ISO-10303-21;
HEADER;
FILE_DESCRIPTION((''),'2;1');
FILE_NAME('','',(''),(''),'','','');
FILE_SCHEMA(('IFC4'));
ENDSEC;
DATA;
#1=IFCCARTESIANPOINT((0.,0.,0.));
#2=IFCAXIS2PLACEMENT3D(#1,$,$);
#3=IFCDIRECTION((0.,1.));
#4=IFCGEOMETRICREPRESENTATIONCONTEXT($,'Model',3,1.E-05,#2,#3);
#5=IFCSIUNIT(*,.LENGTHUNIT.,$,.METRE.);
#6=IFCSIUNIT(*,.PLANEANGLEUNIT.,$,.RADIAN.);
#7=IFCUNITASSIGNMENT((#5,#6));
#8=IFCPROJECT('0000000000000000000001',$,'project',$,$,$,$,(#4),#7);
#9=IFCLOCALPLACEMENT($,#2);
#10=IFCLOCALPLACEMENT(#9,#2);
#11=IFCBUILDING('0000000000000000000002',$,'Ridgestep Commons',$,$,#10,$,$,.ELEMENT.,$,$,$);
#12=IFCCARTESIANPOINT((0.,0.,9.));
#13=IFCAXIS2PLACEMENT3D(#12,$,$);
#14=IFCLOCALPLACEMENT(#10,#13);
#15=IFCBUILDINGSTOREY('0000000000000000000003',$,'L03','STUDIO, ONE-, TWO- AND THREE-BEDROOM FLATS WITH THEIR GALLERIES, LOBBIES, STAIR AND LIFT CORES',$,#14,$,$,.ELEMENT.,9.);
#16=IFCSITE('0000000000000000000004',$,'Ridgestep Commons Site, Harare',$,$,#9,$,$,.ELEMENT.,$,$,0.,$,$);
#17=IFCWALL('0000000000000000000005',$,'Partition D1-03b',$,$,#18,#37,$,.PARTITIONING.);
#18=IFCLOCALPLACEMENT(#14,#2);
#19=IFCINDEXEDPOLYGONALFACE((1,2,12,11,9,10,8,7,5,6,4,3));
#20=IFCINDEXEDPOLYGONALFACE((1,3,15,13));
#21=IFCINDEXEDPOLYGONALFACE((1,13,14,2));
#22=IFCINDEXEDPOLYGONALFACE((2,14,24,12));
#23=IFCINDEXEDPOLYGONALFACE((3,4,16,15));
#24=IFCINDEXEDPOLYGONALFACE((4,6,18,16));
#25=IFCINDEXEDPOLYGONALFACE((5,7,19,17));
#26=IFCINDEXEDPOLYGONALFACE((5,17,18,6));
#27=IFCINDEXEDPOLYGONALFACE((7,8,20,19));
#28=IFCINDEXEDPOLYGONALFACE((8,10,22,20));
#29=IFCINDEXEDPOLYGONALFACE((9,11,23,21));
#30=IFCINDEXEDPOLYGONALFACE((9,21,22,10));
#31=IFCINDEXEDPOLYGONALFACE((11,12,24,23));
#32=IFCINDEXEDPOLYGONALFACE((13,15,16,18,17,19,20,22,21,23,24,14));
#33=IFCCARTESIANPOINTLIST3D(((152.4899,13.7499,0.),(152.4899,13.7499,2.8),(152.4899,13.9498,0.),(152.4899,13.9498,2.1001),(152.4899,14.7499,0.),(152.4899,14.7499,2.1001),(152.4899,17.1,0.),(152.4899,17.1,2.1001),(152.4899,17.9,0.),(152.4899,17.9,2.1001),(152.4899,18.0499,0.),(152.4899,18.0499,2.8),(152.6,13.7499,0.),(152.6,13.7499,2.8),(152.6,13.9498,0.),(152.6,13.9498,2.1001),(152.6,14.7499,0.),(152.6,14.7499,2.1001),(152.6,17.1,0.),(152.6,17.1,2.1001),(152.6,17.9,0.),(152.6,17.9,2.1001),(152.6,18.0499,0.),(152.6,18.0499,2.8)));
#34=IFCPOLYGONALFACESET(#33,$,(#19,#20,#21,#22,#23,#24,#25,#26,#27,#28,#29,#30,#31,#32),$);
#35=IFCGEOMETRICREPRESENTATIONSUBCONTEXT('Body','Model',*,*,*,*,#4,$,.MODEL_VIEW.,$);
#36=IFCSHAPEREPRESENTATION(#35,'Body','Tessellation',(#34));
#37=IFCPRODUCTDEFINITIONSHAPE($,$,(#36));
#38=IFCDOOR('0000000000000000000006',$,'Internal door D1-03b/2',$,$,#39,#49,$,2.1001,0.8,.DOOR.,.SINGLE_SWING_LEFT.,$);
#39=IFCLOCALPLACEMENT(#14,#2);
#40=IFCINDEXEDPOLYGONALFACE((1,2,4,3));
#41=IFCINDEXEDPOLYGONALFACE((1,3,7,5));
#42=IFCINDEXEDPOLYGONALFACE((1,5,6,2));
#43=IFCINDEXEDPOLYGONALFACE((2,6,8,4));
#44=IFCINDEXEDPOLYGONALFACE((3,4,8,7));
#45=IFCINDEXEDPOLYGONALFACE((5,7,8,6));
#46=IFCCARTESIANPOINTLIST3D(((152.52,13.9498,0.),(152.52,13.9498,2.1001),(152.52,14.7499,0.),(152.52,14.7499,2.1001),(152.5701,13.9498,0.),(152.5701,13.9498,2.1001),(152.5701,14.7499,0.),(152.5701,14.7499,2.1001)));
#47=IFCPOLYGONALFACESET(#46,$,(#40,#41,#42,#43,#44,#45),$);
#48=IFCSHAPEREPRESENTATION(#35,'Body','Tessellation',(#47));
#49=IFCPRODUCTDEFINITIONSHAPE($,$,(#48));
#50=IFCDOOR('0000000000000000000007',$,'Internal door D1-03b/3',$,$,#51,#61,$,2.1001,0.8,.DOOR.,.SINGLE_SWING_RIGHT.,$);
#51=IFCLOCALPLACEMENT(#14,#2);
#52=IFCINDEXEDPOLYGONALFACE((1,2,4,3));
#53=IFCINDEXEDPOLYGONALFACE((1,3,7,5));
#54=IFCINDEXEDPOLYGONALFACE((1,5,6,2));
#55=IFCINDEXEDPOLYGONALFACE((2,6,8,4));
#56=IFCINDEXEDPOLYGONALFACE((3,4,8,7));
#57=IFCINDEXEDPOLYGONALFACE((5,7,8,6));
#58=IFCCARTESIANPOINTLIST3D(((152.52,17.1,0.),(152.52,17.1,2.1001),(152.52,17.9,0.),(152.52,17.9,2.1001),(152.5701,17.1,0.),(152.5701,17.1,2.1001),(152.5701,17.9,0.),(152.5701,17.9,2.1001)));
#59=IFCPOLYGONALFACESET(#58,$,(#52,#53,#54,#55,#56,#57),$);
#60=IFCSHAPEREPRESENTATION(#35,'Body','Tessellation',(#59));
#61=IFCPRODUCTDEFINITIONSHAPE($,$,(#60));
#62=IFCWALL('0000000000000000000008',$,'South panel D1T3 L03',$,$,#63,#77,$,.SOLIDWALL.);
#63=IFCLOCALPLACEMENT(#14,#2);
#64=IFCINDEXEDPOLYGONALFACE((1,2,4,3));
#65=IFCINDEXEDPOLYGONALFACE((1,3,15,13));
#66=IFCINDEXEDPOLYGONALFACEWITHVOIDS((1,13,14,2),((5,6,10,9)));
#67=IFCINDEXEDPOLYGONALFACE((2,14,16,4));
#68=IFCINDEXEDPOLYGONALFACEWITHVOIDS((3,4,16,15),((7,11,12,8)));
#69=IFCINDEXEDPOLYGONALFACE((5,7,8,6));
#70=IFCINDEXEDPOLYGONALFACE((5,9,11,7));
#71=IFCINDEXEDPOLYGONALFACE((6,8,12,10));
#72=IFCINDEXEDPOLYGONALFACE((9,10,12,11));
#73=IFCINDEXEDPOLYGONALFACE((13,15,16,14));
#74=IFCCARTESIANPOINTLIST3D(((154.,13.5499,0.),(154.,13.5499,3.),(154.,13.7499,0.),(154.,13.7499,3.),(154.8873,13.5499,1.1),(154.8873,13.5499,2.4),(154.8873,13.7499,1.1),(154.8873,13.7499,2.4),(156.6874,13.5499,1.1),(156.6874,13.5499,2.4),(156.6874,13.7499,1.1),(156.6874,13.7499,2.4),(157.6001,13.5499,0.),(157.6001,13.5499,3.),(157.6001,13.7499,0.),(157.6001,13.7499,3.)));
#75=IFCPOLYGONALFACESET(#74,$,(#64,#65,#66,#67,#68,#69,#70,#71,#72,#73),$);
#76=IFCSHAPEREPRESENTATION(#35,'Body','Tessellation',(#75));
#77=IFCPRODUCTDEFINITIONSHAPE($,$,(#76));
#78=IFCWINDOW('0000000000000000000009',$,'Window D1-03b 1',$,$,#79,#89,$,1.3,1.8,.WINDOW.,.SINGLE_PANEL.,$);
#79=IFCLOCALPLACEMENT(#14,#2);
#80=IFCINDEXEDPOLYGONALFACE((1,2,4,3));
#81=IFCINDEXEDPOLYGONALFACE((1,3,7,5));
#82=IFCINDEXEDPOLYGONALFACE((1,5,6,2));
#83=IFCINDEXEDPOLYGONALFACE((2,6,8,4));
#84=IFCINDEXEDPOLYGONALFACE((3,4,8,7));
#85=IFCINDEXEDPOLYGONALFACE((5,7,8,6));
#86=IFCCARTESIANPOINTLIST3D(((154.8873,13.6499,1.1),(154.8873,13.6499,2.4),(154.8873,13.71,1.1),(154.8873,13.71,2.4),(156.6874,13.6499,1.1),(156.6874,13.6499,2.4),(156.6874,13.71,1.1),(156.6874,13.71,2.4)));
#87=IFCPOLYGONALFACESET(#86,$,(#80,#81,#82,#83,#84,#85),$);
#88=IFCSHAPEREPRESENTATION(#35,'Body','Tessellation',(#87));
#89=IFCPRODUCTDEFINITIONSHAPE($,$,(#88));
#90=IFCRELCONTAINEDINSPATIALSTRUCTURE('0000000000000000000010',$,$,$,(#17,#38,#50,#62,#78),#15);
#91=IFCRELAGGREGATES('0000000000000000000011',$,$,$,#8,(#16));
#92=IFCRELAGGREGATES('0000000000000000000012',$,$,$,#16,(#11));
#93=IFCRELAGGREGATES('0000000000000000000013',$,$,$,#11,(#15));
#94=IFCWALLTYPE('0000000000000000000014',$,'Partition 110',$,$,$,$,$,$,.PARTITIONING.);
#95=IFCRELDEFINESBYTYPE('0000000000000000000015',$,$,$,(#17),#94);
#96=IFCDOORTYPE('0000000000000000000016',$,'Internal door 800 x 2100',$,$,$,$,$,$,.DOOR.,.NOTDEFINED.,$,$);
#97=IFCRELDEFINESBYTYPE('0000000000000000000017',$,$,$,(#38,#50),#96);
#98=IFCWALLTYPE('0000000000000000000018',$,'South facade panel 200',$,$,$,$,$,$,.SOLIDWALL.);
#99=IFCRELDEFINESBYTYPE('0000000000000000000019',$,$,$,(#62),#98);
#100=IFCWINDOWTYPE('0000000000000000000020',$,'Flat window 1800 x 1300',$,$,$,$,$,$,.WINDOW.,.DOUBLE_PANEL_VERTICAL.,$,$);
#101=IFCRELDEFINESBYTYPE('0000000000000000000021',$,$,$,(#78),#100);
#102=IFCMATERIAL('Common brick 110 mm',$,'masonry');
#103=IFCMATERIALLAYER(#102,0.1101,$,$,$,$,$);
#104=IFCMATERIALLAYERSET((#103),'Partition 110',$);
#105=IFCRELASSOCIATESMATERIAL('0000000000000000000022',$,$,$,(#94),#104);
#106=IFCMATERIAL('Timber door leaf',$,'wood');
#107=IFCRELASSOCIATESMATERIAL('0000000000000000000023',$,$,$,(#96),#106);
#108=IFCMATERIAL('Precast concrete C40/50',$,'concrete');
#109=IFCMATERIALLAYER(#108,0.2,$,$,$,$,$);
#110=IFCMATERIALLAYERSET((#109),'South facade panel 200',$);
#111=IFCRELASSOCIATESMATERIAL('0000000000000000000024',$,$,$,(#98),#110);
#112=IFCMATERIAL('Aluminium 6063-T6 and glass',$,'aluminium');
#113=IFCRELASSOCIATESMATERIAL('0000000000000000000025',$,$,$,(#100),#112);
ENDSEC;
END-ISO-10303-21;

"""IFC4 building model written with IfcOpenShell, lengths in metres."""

from ifc_helpers import new_model, si_unit, direction, frame, frame_2d, origin, place, context, subcontext, project, spatial, rectangle, extrude, material, layer, layer_set, type_object, element, fill, save


model = new_model("IFC4")

# Units and contexts
model_context = context("Model", 3, precision=1e-05, world=origin(), true_north=direction((0.0, 1.0)))
body_context = subcontext(model_context, "Body", "Model", "MODEL_VIEW")
ifc_project = project(units=[si_unit("LENGTHUNIT", "METRE"), si_unit("PLANEANGLEUNIT", "RADIAN")], contexts=[model_context])

# Site, building, storey
site_placement = place(None, origin())
site = spatial("IfcSite", under=ifc_project, at=site_placement, Name="Ridgestep Commons Site, Harare", CompositionType="ELEMENT", RefElevation=0.0)
building_placement = place(site_placement, origin())
building = spatial("IfcBuilding", under=site, at=building_placement, Name="Ridgestep Commons", CompositionType="ELEMENT")
storey_placement = place(building_placement, frame((0.0, 0.0, 9.0)))
storey = spatial("IfcBuildingStorey", under=building, at=storey_placement, Name="L03", Description="STUDIO, ONE-, TWO- AND THREE-BEDROOM FLATS WITH THEIR GALLERIES, LOBBIES, STAIR AND LIFT CORES", CompositionType="ELEMENT", Elevation=9.0)

# Wall, openings, doors
ifc_material_1 = material(Name="Common brick 110 mm", Category="masonry")
ifc_layer_1 = layer(ifc_material_1, 0.1101)
ifc_layer_set_1 = layer_set([ifc_layer_1], Name="Partition 110")
wall_type_1 = type_object("IfcWallType", Name="Partition 110", PredefinedType="PARTITIONING", material=ifc_layer_set_1)
wall_1_placement = place(storey_placement, frame((152.5449, 13.75, 0.0), z_axis=(0.0, 0.0, 1.0), x_axis=(0.0, 1.0, 0.0)))
wall_1 = element("IfcWall", 1, at=wall_1_placement, inside=storey, type_object=wall_type_1, Name="Partition D1-03b", PredefinedType="PARTITIONING", context=body_context, shape_type="SweptSolid", body=[
    extrude(rectangle(XDim=4.3, YDim=0.1101, at=frame_2d((2.1499, 0.0))), origin(), (0.0, 0.0, 1.0), 2.8),
])
opening_1_placement = place(wall_1_placement, frame((0.2, 0.0, 0.0)))
opening_1 = element("IfcOpeningElement", 2, at=opening_1_placement, cuts=wall_1, PredefinedType="OPENING", context=body_context, shape_type="SweptSolid", body=[
    extrude(rectangle(XDim=0.8, YDim=2.1001, at=frame_2d((0.3999, 1.05))), frame((0.0, 0.0649, 0.0), z_axis=(0.0, -1.0, 0.0), x_axis=(1.0, 0.0, 0.0)), (0.0, 0.0, 1.0), 0.1301),
])
opening_2_placement = place(wall_1_placement, frame((3.3501, 0.0, 0.0)))
opening_2 = element("IfcOpeningElement", 3, at=opening_2_placement, cuts=wall_1, PredefinedType="OPENING", context=body_context, shape_type="SweptSolid", body=[
    extrude(rectangle(XDim=0.8, YDim=2.1001, at=frame_2d((0.3999, 1.05))), frame((0.0, 0.0649, 0.0), z_axis=(0.0, -1.0, 0.0), x_axis=(1.0, 0.0, 0.0)), (0.0, 0.0, 1.0), 0.1301),
])
ifc_material_2 = material(Name="Timber door leaf", Category="wood")
door_type_1 = type_object("IfcDoorType", Name="Internal door 800 x 2100", OperationType="NOTDEFINED", PredefinedType="DOOR", material=ifc_material_2)
door_1_placement = place(opening_1_placement, origin())
door_1 = element("IfcDoor", 4, at=door_1_placement, inside=storey, type_object=door_type_1, Name="Internal door D1-03b/2", OperationType="SINGLE_SWING_LEFT", OverallHeight=2.1001, OverallWidth=0.8, PredefinedType="DOOR", context=body_context, shape_type="SweptSolid", body=[
    extrude(rectangle(XDim=0.8, YDim=2.1001, at=frame_2d((0.3999, 1.05))), frame((0.0, 0.0249, 0.0), z_axis=(0.0, -1.0, 0.0), x_axis=(1.0, 0.0, 0.0)), (0.0, 0.0, 1.0), 0.05),
])
fill(opening_1, door_1)
door_2_placement = place(opening_2_placement, origin())
door_2 = element("IfcDoor", 5, at=door_2_placement, inside=storey, type_object=door_type_1, Name="Internal door D1-03b/3", OperationType="SINGLE_SWING_RIGHT", OverallHeight=2.1001, OverallWidth=0.8, PredefinedType="DOOR", context=body_context, shape_type="SweptSolid", body=[
    extrude(rectangle(XDim=0.8, YDim=2.1001, at=frame_2d((0.3999, 1.05))), frame((0.0, 0.0249, 0.0), z_axis=(0.0, -1.0, 0.0), x_axis=(1.0, 0.0, 0.0)), (0.0, 0.0, 1.0), 0.05),
])
fill(opening_2, door_2)

# Wall, opening, window
ifc_material_3 = material(Name="Precast concrete C40/50", Category="concrete")
ifc_layer_2 = layer(ifc_material_3, 0.2)
ifc_layer_set_2 = layer_set([ifc_layer_2], Name="South facade panel 200")
wall_type_2 = type_object("IfcWallType", Name="South facade panel 200", PredefinedType="SOLIDWALL", material=ifc_layer_set_2)
wall_2_placement = place(storey_placement, frame((154.0, 13.6499, 0.0), z_axis=(0.0, 0.0, 1.0), x_axis=(1.0, 0.0, 0.0)))
wall_2 = element("IfcWall", 6, at=wall_2_placement, inside=storey, type_object=wall_type_2, Name="South panel D1T3 L03", PredefinedType="SOLIDWALL", context=body_context, shape_type="SweptSolid", body=[
    extrude(rectangle(XDim=3.6001, YDim=0.2, at=frame_2d((1.8, 0.0))), origin(), (0.0, 0.0, 1.0), 3.0),
])
opening_3_placement = place(wall_2_placement, frame((0.8875, 0.0, 1.1001)))
opening_3 = element("IfcOpeningElement", 7, at=opening_3_placement, cuts=wall_2, PredefinedType="OPENING", context=body_context, shape_type="SweptSolid", body=[
    extrude(rectangle(XDim=1.8, YDim=1.3, at=frame_2d((0.8999, 0.6499))), frame((0.0, 0.1099, 0.0), z_axis=(0.0, -1.0, 0.0), x_axis=(1.0, 0.0, 0.0)), (0.0, 0.0, 1.0), 0.22),
])
ifc_material_4 = material(Name="Aluminium 6063-T6 and glass", Category="aluminium")
window_type = type_object("IfcWindowType", Name="Flat window 1800 x 1300", PartitioningType="DOUBLE_PANEL_VERTICAL", PredefinedType="WINDOW", material=ifc_material_4)
window_placement = place(opening_3_placement, origin())
window = element("IfcWindow", 8, at=window_placement, inside=storey, type_object=window_type, Name="Window D1-03b 1", OverallHeight=1.3, OverallWidth=1.8, PartitioningType="SINGLE_PANEL", PredefinedType="WINDOW", context=body_context, shape_type="SweptSolid", body=[
    extrude(rectangle(XDim=1.8, YDim=1.3, at=frame_2d((0.8999, 0.6499))), frame((0.0, 0.0601, 0.0), z_axis=(0.0, -1.0, 0.0), x_axis=(1.0, 0.0, 0.0)), (0.0, 0.0, 1.0), 0.0601),
])
fill(opening_3, window)

save(model, "model.ifc")
